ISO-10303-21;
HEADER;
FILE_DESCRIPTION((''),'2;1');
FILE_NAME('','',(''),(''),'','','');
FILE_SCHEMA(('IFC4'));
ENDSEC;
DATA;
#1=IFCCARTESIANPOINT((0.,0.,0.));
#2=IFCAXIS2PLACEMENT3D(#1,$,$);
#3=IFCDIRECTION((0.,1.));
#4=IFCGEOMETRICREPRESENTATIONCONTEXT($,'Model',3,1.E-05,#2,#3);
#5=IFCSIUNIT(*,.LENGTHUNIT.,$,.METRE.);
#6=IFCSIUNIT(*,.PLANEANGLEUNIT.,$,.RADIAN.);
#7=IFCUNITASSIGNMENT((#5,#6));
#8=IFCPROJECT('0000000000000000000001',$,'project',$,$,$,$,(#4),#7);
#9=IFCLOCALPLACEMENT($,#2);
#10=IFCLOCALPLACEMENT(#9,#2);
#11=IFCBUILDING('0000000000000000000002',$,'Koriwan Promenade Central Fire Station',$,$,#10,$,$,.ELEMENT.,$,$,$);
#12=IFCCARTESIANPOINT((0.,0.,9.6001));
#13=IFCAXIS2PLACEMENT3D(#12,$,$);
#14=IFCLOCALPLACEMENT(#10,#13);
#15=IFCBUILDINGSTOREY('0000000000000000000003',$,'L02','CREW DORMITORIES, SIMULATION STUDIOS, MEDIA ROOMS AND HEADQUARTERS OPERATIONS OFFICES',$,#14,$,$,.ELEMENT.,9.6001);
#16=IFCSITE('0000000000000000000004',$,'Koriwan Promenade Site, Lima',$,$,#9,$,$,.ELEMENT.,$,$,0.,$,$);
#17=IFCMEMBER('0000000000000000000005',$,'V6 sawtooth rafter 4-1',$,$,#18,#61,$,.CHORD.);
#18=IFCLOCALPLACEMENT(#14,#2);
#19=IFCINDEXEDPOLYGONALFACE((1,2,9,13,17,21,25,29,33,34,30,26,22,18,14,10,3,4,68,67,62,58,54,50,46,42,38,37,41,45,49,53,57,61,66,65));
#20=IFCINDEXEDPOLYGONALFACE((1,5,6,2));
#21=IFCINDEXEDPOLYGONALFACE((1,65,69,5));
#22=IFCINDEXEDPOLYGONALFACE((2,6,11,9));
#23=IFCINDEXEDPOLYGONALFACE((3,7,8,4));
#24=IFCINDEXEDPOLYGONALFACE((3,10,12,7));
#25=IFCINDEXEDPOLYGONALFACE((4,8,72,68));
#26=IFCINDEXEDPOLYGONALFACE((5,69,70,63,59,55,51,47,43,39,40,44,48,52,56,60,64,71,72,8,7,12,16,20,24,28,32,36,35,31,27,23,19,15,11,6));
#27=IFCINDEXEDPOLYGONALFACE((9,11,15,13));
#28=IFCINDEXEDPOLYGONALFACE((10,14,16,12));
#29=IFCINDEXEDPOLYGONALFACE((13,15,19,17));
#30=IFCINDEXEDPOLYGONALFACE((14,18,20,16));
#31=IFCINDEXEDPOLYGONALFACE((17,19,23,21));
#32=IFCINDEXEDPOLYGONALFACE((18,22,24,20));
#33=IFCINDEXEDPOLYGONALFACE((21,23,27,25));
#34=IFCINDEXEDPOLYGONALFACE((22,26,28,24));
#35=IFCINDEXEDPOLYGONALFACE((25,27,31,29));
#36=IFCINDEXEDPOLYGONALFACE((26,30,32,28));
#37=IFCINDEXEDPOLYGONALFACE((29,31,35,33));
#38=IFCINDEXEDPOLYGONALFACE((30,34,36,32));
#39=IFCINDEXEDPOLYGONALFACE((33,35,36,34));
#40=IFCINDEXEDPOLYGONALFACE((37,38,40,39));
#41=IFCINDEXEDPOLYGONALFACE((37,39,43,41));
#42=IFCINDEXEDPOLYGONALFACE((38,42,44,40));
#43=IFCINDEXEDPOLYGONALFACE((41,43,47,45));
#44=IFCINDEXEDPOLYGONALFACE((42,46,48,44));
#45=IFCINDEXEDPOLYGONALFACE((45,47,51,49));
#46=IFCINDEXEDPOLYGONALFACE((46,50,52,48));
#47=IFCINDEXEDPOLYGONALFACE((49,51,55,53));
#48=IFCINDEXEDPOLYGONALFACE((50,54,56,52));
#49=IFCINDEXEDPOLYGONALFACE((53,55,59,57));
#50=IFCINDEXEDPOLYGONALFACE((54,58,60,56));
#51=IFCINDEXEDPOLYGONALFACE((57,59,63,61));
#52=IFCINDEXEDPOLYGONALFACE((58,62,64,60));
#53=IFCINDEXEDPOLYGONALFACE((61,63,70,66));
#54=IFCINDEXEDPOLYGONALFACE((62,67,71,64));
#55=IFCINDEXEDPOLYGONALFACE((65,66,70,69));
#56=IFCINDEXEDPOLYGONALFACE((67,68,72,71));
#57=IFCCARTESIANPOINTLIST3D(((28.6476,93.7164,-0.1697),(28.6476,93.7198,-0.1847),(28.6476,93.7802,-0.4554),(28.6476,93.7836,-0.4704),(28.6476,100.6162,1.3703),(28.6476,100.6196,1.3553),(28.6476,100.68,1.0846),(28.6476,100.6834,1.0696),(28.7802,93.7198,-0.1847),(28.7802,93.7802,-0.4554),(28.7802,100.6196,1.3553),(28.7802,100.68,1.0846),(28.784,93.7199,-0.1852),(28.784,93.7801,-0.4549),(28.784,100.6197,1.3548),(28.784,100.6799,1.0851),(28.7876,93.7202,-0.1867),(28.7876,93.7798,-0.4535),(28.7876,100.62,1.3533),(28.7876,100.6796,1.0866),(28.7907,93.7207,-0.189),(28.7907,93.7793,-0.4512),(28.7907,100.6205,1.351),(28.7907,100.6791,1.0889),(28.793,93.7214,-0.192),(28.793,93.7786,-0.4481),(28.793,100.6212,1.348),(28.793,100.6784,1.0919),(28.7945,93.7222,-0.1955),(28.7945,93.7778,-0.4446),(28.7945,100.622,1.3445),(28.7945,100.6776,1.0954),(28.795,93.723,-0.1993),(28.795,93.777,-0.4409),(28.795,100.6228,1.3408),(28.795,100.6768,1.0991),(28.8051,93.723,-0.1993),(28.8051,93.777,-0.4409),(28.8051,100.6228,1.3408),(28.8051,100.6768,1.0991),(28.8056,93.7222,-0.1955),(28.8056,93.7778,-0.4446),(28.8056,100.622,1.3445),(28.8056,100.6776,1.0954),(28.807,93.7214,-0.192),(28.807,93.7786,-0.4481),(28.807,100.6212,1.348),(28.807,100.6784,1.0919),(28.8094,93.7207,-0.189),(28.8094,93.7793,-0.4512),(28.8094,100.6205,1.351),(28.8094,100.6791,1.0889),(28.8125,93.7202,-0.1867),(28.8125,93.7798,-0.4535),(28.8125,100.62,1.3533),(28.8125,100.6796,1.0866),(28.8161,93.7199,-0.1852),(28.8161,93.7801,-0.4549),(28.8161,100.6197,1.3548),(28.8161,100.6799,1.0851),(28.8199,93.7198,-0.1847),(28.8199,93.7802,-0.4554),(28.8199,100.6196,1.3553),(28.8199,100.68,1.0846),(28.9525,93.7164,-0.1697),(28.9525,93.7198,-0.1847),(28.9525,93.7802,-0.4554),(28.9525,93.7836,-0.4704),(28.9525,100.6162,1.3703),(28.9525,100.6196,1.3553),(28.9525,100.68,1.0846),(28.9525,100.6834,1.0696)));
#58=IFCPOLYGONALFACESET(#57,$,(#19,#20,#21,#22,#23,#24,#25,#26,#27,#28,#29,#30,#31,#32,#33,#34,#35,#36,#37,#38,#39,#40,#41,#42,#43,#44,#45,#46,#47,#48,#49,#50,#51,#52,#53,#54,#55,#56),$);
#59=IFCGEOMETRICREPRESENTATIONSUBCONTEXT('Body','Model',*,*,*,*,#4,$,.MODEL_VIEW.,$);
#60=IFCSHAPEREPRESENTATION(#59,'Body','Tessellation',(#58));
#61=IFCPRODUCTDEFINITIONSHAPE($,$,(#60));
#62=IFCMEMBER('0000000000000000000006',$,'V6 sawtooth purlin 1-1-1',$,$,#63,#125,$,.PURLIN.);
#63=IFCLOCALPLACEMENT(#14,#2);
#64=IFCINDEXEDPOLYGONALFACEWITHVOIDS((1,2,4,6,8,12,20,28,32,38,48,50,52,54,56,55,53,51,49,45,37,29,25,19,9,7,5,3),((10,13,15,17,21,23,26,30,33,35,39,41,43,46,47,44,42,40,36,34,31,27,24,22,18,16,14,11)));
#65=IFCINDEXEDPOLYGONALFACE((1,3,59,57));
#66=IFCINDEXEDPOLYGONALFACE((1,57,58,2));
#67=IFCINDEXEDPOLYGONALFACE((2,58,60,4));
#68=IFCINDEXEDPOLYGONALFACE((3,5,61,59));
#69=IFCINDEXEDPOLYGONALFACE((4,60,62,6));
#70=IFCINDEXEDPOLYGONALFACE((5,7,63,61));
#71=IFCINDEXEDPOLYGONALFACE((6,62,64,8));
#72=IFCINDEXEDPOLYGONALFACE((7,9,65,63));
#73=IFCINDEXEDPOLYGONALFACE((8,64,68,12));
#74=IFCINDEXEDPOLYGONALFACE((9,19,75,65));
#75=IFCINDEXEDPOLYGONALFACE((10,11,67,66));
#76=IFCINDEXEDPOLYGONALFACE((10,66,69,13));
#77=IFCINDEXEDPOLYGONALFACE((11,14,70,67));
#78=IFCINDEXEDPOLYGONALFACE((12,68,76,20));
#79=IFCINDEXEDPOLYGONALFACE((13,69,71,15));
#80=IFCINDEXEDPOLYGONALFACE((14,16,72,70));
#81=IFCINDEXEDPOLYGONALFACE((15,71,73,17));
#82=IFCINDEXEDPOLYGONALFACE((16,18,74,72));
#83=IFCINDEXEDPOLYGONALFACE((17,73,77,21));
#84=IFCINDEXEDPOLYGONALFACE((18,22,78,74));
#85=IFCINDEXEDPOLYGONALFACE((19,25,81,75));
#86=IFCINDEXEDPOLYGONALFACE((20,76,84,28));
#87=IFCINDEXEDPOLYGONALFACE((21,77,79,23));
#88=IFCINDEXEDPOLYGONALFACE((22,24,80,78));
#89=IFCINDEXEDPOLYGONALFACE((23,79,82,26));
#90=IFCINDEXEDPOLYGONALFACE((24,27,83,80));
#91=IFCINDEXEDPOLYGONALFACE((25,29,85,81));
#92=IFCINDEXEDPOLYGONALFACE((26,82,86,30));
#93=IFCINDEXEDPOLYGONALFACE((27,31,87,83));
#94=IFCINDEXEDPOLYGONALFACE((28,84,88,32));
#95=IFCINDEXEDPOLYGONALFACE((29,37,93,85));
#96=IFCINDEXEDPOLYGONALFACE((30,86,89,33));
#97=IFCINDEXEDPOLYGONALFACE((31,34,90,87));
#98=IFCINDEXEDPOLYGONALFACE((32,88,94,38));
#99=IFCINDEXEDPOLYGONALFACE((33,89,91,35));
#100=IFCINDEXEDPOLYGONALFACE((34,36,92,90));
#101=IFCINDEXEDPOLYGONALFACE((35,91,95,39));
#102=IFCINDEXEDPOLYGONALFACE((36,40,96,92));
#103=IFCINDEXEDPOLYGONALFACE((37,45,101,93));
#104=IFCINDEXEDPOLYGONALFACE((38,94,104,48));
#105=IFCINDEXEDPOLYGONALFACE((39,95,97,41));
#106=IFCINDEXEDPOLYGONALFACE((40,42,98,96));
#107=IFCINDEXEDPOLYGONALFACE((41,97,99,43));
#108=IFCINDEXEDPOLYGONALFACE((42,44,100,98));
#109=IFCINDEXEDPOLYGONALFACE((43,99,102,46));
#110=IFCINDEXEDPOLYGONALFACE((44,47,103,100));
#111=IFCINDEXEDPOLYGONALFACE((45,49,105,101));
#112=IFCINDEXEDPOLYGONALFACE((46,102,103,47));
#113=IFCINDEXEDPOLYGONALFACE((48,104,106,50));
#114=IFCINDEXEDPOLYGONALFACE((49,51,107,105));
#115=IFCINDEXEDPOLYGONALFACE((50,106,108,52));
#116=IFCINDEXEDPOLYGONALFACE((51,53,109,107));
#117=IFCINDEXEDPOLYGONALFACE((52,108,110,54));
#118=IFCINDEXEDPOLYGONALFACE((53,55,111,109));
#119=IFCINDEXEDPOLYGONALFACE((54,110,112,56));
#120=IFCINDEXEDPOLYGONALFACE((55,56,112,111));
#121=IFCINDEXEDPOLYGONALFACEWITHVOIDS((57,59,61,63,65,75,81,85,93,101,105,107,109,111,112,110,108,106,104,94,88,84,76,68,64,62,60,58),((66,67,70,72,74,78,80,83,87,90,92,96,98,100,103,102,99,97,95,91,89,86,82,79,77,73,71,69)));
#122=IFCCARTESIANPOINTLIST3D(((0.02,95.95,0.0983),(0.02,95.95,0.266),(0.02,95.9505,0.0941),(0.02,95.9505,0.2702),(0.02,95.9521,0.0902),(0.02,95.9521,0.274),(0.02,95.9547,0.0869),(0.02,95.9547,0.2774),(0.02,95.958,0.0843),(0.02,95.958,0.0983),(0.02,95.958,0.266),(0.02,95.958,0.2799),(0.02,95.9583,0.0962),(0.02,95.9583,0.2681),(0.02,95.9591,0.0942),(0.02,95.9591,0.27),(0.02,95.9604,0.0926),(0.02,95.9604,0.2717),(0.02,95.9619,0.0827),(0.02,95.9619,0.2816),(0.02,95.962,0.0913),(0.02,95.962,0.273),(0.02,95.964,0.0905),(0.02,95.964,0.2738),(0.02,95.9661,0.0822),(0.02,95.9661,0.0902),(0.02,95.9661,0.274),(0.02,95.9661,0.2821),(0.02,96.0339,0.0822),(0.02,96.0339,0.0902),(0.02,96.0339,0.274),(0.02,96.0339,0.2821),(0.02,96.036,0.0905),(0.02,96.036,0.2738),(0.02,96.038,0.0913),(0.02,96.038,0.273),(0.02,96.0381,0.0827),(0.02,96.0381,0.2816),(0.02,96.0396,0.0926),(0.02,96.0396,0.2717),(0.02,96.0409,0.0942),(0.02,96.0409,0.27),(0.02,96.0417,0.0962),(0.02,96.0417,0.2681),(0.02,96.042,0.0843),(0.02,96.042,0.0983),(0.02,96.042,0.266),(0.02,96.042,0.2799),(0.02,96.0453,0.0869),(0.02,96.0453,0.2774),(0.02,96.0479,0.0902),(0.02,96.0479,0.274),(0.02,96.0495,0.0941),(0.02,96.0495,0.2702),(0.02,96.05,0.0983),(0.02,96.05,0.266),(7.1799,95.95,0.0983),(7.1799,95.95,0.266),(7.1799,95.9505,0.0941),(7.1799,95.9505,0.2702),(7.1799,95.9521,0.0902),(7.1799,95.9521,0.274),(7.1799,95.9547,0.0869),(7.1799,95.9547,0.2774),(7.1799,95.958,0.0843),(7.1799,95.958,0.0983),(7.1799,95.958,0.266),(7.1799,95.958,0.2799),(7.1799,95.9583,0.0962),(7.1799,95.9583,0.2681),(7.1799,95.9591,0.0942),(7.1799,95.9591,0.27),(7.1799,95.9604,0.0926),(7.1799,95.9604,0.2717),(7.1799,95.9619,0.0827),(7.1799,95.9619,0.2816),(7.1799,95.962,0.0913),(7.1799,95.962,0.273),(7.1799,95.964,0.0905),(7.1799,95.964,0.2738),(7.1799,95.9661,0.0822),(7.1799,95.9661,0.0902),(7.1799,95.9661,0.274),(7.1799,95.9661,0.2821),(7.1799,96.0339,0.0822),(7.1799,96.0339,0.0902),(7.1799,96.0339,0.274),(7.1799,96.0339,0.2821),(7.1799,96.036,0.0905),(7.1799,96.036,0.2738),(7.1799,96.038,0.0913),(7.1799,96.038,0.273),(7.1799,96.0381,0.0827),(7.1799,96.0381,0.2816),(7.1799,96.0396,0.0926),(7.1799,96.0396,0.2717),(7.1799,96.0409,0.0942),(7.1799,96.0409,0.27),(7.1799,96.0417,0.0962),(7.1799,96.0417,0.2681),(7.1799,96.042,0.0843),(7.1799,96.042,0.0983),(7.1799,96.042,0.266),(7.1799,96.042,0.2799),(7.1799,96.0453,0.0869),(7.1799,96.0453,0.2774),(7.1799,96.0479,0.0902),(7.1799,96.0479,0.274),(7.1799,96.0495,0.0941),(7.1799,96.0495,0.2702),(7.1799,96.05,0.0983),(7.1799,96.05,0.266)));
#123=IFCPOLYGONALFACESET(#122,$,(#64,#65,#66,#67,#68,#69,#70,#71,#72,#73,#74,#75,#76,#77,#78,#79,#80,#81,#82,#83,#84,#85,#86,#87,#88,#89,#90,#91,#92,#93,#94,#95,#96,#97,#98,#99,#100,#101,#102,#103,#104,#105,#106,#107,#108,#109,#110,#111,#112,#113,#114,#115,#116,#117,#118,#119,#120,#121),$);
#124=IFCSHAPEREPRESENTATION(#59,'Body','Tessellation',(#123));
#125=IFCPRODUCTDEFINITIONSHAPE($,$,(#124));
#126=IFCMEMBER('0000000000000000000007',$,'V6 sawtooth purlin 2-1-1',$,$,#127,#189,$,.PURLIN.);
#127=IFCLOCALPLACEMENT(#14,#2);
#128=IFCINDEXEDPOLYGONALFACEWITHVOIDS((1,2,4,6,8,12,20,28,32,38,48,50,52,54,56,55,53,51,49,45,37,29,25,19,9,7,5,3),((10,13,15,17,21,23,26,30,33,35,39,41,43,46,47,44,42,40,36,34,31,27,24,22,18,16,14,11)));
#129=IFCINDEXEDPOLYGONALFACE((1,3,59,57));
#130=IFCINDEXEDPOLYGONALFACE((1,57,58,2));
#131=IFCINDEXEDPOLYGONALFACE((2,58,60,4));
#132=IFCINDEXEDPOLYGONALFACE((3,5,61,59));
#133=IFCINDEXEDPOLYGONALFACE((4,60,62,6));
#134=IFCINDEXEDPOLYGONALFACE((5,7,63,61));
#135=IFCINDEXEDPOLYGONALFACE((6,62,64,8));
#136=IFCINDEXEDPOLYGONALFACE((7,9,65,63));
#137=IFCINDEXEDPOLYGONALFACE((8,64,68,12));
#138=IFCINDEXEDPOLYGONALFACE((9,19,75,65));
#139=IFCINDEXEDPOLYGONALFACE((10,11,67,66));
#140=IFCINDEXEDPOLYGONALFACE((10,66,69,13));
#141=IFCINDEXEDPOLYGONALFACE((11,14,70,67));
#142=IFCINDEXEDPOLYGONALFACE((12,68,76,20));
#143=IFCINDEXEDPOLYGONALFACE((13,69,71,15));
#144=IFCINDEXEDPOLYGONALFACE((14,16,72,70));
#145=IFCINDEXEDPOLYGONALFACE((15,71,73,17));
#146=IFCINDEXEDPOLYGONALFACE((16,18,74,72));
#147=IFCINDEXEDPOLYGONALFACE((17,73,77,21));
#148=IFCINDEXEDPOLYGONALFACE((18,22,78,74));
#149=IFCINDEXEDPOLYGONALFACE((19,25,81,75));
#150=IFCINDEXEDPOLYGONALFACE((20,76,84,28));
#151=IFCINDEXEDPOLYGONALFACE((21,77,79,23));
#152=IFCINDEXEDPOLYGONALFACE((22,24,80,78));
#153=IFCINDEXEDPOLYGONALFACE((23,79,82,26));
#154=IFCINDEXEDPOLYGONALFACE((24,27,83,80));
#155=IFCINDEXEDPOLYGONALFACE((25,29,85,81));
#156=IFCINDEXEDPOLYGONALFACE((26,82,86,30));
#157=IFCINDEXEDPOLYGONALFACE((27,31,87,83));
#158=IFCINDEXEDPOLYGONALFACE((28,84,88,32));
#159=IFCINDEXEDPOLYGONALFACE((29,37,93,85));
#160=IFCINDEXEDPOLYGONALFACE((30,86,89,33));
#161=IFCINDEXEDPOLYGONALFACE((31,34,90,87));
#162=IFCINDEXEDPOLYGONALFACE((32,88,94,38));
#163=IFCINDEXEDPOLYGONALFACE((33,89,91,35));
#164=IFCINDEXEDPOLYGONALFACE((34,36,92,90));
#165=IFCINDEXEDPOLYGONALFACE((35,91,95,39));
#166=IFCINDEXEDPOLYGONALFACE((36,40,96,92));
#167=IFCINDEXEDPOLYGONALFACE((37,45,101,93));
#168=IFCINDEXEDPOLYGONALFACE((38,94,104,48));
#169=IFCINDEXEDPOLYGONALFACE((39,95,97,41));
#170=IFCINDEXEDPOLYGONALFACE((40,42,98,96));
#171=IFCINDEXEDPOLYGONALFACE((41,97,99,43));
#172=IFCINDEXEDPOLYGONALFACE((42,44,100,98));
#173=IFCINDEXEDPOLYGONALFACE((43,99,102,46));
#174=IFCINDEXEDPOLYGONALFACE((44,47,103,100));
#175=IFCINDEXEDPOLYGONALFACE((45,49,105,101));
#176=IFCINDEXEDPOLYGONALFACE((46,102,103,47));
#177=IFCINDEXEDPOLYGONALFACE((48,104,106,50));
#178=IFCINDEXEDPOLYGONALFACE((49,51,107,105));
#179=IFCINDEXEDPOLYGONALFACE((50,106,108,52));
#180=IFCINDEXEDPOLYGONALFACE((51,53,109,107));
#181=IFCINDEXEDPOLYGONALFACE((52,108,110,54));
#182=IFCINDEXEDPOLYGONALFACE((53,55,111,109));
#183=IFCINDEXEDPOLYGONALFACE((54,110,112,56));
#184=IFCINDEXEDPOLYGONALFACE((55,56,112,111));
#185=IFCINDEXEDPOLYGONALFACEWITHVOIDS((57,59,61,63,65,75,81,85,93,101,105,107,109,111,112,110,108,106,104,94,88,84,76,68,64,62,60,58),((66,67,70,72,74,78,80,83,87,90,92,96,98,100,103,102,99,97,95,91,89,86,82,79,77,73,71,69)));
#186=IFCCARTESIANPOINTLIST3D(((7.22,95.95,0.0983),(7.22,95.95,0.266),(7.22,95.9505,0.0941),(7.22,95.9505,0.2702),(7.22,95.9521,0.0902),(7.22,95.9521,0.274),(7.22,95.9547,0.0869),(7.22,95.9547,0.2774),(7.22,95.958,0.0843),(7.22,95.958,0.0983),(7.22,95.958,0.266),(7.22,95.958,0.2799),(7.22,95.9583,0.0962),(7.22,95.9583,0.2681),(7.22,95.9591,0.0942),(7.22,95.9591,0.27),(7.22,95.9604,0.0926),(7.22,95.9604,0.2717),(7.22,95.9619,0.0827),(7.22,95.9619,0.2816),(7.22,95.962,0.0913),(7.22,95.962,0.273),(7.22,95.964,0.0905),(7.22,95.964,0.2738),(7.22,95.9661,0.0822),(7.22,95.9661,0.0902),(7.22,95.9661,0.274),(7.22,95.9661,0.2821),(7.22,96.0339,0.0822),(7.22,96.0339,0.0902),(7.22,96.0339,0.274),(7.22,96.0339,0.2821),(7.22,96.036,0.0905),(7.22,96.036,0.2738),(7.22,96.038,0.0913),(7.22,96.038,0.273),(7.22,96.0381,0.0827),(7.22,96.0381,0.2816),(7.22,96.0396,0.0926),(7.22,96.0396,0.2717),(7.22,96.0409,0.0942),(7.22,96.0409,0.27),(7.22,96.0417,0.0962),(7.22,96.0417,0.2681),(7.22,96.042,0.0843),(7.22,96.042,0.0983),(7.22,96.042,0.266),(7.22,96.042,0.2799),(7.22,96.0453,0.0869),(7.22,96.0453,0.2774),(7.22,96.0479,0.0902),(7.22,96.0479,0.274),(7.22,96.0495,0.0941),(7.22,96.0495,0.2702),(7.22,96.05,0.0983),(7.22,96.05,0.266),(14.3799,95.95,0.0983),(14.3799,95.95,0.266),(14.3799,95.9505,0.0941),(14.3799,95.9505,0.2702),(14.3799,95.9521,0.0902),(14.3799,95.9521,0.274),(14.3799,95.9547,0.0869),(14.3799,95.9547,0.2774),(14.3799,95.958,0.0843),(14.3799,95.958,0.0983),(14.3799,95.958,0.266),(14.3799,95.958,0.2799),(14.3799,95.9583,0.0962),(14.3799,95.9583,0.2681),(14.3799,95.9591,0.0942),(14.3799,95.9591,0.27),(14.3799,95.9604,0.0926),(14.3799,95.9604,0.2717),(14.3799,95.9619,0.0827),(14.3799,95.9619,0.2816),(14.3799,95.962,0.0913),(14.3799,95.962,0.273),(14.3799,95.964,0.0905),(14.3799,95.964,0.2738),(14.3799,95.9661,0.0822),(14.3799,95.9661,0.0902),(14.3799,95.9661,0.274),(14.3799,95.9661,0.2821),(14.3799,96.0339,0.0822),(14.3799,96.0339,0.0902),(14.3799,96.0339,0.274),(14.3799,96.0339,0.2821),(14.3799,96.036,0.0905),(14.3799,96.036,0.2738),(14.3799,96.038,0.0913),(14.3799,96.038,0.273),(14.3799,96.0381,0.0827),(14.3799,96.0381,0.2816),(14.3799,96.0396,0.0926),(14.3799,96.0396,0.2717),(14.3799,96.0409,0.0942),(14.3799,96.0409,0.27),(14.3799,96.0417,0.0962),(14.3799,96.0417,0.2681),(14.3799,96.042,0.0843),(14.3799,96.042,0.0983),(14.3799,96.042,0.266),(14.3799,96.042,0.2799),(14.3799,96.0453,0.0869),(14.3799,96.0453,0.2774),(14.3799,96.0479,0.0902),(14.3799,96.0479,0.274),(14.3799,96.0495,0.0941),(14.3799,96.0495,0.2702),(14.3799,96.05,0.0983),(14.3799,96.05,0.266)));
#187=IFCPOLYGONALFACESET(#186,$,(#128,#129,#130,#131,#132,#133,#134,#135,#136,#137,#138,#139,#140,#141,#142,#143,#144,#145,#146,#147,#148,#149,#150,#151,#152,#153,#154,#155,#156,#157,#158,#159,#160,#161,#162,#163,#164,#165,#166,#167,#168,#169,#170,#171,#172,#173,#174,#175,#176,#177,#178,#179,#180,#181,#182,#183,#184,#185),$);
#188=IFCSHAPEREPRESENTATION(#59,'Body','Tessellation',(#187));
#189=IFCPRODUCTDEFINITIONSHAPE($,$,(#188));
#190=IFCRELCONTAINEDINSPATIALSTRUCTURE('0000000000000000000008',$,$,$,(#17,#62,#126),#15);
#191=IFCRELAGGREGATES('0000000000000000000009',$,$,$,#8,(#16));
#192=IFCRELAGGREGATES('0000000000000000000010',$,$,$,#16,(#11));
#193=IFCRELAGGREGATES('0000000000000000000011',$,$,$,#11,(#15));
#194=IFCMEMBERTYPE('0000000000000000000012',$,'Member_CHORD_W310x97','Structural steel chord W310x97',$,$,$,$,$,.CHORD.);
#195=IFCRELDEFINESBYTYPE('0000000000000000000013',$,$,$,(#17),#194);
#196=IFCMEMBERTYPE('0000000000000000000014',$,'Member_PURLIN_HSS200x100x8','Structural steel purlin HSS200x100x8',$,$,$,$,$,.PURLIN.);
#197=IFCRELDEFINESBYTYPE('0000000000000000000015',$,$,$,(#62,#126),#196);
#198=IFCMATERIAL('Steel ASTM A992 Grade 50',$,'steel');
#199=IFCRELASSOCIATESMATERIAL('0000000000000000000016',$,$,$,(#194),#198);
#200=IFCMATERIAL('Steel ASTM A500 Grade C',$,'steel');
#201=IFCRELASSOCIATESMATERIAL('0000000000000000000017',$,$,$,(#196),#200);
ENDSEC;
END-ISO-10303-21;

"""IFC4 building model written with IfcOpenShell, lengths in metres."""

from ifc_helpers import new_model, si_unit, direction, frame, origin, origin_2d, place, context, subcontext, project, spatial, hollow_rectangle, i_section, extrude, material, material_profile, profile_set, type_object, element, save


model = new_model("IFC4")

# Units and contexts
model_context = context("Model", 3, precision=1e-05, world=origin(), true_north=direction((0.0, 1.0)))
body_context = subcontext(model_context, "Body", "Model", "MODEL_VIEW")
ifc_project = project(units=[si_unit("LENGTHUNIT", "METRE"), si_unit("PLANEANGLEUNIT", "RADIAN")], contexts=[model_context])

# Site, building, storey
site_placement = place(None, origin())
site = spatial("IfcSite", under=ifc_project, at=site_placement, Name="Koriwan Promenade Site, Lima", CompositionType="ELEMENT", RefElevation=0.0)
building_placement = place(site_placement, origin())
building = spatial("IfcBuilding", under=site, at=building_placement, Name="Koriwan Promenade Central Fire Station", CompositionType="ELEMENT")
storey_placement = place(building_placement, frame((0.0, 0.0, 9.6001)))
storey = spatial("IfcBuildingStorey", under=building, at=storey_placement, Name="L02", Description="CREW DORMITORIES, SIMULATION STUDIOS, MEDIA ROOMS AND HEADQUARTERS OPERATIONS OFFICES", CompositionType="ELEMENT", Elevation=9.6001)

# Shared definitions
ifc_material_1 = material(Name="Steel ASTM A500 Grade C", Category="steel")

# Members
ifc_material_2 = material(Name="Steel ASTM A992 Grade 50", Category="steel")
ifc_material_profile_1 = material_profile(ifc_material_2, i_section(OverallWidth=0.3049, OverallDepth=0.3081, WebThickness=0.01, FlangeThickness=0.0154, FilletRadius=0.0149, at=origin_2d()), Name="W310x97")
ifc_profile_set_1 = profile_set([ifc_material_profile_1], Name="Steel ASTM A992 Grade 50")
member_type_1 = type_object("IfcMemberType", Name="Member_CHORD_W310x97", Description="Structural steel chord W310x97", PredefinedType="CHORD", material=ifc_profile_set_1)
for number, where, z_axis, x_axis, name in (
    (1, (28.8, 93.75, -0.3201), (0.0, 0.975985, 0.217837), (-1.0, 0.0, 0.0), "V6 sawtooth rafter 4-1"),
):
    element("IfcMember", number, at=place(storey_placement, frame(where, z_axis=z_axis, x_axis=x_axis)), inside=storey, type_object=member_type_1, Name=name, PredefinedType="CHORD", context=body_context, shape_type="SweptSolid", body=[
        extrude(i_section(OverallWidth=0.3049, OverallDepth=0.3081, WebThickness=0.01, FlangeThickness=0.0154, FilletRadius=0.0149, at=origin_2d()), origin(), (0.0, 0.0, 1.0), 7.0696),
    ])
ifc_material_profile_2 = material_profile(ifc_material_1, hollow_rectangle(XDim=0.1001, YDim=0.2, WallThickness=0.0081, InnerFilletRadius=0.0081, OuterFilletRadius=0.0161, at=origin_2d()), Name="HSS200x100x8")
ifc_profile_set_2 = profile_set([ifc_material_profile_2], Name="Steel ASTM A500 Grade C")
member_type_2 = type_object("IfcMemberType", Name="Member_PURLIN_HSS200x100x8", Description="Structural steel purlin HSS200x100x8", PredefinedType="PURLIN", material=ifc_profile_set_2)
for number, where, z_axis, x_axis, name in (
    (2, (0.02, 96.0, 0.1821), (1.0, 0.0, 0.0), (0.0, 1.0, 0.0), "V6 sawtooth purlin 1-1-1"),
    (3, (7.22, 96.0, 0.1821), (1.0, 0.0, 0.0), (0.0, 1.0, 0.0), "V6 sawtooth purlin 2-1-1"),
):
    element("IfcMember", number, at=place(storey_placement, frame(where, z_axis=z_axis, x_axis=x_axis)), inside=storey, type_object=member_type_2, Name=name, PredefinedType="PURLIN", context=body_context, shape_type="SweptSolid", body=[
        extrude(hollow_rectangle(XDim=0.1001, YDim=0.2, WallThickness=0.0081, InnerFilletRadius=0.0081, OuterFilletRadius=0.0161, at=origin_2d()), origin(), (0.0, 0.0, 1.0), 7.1599),
    ])

save(model, "model.ifc")
